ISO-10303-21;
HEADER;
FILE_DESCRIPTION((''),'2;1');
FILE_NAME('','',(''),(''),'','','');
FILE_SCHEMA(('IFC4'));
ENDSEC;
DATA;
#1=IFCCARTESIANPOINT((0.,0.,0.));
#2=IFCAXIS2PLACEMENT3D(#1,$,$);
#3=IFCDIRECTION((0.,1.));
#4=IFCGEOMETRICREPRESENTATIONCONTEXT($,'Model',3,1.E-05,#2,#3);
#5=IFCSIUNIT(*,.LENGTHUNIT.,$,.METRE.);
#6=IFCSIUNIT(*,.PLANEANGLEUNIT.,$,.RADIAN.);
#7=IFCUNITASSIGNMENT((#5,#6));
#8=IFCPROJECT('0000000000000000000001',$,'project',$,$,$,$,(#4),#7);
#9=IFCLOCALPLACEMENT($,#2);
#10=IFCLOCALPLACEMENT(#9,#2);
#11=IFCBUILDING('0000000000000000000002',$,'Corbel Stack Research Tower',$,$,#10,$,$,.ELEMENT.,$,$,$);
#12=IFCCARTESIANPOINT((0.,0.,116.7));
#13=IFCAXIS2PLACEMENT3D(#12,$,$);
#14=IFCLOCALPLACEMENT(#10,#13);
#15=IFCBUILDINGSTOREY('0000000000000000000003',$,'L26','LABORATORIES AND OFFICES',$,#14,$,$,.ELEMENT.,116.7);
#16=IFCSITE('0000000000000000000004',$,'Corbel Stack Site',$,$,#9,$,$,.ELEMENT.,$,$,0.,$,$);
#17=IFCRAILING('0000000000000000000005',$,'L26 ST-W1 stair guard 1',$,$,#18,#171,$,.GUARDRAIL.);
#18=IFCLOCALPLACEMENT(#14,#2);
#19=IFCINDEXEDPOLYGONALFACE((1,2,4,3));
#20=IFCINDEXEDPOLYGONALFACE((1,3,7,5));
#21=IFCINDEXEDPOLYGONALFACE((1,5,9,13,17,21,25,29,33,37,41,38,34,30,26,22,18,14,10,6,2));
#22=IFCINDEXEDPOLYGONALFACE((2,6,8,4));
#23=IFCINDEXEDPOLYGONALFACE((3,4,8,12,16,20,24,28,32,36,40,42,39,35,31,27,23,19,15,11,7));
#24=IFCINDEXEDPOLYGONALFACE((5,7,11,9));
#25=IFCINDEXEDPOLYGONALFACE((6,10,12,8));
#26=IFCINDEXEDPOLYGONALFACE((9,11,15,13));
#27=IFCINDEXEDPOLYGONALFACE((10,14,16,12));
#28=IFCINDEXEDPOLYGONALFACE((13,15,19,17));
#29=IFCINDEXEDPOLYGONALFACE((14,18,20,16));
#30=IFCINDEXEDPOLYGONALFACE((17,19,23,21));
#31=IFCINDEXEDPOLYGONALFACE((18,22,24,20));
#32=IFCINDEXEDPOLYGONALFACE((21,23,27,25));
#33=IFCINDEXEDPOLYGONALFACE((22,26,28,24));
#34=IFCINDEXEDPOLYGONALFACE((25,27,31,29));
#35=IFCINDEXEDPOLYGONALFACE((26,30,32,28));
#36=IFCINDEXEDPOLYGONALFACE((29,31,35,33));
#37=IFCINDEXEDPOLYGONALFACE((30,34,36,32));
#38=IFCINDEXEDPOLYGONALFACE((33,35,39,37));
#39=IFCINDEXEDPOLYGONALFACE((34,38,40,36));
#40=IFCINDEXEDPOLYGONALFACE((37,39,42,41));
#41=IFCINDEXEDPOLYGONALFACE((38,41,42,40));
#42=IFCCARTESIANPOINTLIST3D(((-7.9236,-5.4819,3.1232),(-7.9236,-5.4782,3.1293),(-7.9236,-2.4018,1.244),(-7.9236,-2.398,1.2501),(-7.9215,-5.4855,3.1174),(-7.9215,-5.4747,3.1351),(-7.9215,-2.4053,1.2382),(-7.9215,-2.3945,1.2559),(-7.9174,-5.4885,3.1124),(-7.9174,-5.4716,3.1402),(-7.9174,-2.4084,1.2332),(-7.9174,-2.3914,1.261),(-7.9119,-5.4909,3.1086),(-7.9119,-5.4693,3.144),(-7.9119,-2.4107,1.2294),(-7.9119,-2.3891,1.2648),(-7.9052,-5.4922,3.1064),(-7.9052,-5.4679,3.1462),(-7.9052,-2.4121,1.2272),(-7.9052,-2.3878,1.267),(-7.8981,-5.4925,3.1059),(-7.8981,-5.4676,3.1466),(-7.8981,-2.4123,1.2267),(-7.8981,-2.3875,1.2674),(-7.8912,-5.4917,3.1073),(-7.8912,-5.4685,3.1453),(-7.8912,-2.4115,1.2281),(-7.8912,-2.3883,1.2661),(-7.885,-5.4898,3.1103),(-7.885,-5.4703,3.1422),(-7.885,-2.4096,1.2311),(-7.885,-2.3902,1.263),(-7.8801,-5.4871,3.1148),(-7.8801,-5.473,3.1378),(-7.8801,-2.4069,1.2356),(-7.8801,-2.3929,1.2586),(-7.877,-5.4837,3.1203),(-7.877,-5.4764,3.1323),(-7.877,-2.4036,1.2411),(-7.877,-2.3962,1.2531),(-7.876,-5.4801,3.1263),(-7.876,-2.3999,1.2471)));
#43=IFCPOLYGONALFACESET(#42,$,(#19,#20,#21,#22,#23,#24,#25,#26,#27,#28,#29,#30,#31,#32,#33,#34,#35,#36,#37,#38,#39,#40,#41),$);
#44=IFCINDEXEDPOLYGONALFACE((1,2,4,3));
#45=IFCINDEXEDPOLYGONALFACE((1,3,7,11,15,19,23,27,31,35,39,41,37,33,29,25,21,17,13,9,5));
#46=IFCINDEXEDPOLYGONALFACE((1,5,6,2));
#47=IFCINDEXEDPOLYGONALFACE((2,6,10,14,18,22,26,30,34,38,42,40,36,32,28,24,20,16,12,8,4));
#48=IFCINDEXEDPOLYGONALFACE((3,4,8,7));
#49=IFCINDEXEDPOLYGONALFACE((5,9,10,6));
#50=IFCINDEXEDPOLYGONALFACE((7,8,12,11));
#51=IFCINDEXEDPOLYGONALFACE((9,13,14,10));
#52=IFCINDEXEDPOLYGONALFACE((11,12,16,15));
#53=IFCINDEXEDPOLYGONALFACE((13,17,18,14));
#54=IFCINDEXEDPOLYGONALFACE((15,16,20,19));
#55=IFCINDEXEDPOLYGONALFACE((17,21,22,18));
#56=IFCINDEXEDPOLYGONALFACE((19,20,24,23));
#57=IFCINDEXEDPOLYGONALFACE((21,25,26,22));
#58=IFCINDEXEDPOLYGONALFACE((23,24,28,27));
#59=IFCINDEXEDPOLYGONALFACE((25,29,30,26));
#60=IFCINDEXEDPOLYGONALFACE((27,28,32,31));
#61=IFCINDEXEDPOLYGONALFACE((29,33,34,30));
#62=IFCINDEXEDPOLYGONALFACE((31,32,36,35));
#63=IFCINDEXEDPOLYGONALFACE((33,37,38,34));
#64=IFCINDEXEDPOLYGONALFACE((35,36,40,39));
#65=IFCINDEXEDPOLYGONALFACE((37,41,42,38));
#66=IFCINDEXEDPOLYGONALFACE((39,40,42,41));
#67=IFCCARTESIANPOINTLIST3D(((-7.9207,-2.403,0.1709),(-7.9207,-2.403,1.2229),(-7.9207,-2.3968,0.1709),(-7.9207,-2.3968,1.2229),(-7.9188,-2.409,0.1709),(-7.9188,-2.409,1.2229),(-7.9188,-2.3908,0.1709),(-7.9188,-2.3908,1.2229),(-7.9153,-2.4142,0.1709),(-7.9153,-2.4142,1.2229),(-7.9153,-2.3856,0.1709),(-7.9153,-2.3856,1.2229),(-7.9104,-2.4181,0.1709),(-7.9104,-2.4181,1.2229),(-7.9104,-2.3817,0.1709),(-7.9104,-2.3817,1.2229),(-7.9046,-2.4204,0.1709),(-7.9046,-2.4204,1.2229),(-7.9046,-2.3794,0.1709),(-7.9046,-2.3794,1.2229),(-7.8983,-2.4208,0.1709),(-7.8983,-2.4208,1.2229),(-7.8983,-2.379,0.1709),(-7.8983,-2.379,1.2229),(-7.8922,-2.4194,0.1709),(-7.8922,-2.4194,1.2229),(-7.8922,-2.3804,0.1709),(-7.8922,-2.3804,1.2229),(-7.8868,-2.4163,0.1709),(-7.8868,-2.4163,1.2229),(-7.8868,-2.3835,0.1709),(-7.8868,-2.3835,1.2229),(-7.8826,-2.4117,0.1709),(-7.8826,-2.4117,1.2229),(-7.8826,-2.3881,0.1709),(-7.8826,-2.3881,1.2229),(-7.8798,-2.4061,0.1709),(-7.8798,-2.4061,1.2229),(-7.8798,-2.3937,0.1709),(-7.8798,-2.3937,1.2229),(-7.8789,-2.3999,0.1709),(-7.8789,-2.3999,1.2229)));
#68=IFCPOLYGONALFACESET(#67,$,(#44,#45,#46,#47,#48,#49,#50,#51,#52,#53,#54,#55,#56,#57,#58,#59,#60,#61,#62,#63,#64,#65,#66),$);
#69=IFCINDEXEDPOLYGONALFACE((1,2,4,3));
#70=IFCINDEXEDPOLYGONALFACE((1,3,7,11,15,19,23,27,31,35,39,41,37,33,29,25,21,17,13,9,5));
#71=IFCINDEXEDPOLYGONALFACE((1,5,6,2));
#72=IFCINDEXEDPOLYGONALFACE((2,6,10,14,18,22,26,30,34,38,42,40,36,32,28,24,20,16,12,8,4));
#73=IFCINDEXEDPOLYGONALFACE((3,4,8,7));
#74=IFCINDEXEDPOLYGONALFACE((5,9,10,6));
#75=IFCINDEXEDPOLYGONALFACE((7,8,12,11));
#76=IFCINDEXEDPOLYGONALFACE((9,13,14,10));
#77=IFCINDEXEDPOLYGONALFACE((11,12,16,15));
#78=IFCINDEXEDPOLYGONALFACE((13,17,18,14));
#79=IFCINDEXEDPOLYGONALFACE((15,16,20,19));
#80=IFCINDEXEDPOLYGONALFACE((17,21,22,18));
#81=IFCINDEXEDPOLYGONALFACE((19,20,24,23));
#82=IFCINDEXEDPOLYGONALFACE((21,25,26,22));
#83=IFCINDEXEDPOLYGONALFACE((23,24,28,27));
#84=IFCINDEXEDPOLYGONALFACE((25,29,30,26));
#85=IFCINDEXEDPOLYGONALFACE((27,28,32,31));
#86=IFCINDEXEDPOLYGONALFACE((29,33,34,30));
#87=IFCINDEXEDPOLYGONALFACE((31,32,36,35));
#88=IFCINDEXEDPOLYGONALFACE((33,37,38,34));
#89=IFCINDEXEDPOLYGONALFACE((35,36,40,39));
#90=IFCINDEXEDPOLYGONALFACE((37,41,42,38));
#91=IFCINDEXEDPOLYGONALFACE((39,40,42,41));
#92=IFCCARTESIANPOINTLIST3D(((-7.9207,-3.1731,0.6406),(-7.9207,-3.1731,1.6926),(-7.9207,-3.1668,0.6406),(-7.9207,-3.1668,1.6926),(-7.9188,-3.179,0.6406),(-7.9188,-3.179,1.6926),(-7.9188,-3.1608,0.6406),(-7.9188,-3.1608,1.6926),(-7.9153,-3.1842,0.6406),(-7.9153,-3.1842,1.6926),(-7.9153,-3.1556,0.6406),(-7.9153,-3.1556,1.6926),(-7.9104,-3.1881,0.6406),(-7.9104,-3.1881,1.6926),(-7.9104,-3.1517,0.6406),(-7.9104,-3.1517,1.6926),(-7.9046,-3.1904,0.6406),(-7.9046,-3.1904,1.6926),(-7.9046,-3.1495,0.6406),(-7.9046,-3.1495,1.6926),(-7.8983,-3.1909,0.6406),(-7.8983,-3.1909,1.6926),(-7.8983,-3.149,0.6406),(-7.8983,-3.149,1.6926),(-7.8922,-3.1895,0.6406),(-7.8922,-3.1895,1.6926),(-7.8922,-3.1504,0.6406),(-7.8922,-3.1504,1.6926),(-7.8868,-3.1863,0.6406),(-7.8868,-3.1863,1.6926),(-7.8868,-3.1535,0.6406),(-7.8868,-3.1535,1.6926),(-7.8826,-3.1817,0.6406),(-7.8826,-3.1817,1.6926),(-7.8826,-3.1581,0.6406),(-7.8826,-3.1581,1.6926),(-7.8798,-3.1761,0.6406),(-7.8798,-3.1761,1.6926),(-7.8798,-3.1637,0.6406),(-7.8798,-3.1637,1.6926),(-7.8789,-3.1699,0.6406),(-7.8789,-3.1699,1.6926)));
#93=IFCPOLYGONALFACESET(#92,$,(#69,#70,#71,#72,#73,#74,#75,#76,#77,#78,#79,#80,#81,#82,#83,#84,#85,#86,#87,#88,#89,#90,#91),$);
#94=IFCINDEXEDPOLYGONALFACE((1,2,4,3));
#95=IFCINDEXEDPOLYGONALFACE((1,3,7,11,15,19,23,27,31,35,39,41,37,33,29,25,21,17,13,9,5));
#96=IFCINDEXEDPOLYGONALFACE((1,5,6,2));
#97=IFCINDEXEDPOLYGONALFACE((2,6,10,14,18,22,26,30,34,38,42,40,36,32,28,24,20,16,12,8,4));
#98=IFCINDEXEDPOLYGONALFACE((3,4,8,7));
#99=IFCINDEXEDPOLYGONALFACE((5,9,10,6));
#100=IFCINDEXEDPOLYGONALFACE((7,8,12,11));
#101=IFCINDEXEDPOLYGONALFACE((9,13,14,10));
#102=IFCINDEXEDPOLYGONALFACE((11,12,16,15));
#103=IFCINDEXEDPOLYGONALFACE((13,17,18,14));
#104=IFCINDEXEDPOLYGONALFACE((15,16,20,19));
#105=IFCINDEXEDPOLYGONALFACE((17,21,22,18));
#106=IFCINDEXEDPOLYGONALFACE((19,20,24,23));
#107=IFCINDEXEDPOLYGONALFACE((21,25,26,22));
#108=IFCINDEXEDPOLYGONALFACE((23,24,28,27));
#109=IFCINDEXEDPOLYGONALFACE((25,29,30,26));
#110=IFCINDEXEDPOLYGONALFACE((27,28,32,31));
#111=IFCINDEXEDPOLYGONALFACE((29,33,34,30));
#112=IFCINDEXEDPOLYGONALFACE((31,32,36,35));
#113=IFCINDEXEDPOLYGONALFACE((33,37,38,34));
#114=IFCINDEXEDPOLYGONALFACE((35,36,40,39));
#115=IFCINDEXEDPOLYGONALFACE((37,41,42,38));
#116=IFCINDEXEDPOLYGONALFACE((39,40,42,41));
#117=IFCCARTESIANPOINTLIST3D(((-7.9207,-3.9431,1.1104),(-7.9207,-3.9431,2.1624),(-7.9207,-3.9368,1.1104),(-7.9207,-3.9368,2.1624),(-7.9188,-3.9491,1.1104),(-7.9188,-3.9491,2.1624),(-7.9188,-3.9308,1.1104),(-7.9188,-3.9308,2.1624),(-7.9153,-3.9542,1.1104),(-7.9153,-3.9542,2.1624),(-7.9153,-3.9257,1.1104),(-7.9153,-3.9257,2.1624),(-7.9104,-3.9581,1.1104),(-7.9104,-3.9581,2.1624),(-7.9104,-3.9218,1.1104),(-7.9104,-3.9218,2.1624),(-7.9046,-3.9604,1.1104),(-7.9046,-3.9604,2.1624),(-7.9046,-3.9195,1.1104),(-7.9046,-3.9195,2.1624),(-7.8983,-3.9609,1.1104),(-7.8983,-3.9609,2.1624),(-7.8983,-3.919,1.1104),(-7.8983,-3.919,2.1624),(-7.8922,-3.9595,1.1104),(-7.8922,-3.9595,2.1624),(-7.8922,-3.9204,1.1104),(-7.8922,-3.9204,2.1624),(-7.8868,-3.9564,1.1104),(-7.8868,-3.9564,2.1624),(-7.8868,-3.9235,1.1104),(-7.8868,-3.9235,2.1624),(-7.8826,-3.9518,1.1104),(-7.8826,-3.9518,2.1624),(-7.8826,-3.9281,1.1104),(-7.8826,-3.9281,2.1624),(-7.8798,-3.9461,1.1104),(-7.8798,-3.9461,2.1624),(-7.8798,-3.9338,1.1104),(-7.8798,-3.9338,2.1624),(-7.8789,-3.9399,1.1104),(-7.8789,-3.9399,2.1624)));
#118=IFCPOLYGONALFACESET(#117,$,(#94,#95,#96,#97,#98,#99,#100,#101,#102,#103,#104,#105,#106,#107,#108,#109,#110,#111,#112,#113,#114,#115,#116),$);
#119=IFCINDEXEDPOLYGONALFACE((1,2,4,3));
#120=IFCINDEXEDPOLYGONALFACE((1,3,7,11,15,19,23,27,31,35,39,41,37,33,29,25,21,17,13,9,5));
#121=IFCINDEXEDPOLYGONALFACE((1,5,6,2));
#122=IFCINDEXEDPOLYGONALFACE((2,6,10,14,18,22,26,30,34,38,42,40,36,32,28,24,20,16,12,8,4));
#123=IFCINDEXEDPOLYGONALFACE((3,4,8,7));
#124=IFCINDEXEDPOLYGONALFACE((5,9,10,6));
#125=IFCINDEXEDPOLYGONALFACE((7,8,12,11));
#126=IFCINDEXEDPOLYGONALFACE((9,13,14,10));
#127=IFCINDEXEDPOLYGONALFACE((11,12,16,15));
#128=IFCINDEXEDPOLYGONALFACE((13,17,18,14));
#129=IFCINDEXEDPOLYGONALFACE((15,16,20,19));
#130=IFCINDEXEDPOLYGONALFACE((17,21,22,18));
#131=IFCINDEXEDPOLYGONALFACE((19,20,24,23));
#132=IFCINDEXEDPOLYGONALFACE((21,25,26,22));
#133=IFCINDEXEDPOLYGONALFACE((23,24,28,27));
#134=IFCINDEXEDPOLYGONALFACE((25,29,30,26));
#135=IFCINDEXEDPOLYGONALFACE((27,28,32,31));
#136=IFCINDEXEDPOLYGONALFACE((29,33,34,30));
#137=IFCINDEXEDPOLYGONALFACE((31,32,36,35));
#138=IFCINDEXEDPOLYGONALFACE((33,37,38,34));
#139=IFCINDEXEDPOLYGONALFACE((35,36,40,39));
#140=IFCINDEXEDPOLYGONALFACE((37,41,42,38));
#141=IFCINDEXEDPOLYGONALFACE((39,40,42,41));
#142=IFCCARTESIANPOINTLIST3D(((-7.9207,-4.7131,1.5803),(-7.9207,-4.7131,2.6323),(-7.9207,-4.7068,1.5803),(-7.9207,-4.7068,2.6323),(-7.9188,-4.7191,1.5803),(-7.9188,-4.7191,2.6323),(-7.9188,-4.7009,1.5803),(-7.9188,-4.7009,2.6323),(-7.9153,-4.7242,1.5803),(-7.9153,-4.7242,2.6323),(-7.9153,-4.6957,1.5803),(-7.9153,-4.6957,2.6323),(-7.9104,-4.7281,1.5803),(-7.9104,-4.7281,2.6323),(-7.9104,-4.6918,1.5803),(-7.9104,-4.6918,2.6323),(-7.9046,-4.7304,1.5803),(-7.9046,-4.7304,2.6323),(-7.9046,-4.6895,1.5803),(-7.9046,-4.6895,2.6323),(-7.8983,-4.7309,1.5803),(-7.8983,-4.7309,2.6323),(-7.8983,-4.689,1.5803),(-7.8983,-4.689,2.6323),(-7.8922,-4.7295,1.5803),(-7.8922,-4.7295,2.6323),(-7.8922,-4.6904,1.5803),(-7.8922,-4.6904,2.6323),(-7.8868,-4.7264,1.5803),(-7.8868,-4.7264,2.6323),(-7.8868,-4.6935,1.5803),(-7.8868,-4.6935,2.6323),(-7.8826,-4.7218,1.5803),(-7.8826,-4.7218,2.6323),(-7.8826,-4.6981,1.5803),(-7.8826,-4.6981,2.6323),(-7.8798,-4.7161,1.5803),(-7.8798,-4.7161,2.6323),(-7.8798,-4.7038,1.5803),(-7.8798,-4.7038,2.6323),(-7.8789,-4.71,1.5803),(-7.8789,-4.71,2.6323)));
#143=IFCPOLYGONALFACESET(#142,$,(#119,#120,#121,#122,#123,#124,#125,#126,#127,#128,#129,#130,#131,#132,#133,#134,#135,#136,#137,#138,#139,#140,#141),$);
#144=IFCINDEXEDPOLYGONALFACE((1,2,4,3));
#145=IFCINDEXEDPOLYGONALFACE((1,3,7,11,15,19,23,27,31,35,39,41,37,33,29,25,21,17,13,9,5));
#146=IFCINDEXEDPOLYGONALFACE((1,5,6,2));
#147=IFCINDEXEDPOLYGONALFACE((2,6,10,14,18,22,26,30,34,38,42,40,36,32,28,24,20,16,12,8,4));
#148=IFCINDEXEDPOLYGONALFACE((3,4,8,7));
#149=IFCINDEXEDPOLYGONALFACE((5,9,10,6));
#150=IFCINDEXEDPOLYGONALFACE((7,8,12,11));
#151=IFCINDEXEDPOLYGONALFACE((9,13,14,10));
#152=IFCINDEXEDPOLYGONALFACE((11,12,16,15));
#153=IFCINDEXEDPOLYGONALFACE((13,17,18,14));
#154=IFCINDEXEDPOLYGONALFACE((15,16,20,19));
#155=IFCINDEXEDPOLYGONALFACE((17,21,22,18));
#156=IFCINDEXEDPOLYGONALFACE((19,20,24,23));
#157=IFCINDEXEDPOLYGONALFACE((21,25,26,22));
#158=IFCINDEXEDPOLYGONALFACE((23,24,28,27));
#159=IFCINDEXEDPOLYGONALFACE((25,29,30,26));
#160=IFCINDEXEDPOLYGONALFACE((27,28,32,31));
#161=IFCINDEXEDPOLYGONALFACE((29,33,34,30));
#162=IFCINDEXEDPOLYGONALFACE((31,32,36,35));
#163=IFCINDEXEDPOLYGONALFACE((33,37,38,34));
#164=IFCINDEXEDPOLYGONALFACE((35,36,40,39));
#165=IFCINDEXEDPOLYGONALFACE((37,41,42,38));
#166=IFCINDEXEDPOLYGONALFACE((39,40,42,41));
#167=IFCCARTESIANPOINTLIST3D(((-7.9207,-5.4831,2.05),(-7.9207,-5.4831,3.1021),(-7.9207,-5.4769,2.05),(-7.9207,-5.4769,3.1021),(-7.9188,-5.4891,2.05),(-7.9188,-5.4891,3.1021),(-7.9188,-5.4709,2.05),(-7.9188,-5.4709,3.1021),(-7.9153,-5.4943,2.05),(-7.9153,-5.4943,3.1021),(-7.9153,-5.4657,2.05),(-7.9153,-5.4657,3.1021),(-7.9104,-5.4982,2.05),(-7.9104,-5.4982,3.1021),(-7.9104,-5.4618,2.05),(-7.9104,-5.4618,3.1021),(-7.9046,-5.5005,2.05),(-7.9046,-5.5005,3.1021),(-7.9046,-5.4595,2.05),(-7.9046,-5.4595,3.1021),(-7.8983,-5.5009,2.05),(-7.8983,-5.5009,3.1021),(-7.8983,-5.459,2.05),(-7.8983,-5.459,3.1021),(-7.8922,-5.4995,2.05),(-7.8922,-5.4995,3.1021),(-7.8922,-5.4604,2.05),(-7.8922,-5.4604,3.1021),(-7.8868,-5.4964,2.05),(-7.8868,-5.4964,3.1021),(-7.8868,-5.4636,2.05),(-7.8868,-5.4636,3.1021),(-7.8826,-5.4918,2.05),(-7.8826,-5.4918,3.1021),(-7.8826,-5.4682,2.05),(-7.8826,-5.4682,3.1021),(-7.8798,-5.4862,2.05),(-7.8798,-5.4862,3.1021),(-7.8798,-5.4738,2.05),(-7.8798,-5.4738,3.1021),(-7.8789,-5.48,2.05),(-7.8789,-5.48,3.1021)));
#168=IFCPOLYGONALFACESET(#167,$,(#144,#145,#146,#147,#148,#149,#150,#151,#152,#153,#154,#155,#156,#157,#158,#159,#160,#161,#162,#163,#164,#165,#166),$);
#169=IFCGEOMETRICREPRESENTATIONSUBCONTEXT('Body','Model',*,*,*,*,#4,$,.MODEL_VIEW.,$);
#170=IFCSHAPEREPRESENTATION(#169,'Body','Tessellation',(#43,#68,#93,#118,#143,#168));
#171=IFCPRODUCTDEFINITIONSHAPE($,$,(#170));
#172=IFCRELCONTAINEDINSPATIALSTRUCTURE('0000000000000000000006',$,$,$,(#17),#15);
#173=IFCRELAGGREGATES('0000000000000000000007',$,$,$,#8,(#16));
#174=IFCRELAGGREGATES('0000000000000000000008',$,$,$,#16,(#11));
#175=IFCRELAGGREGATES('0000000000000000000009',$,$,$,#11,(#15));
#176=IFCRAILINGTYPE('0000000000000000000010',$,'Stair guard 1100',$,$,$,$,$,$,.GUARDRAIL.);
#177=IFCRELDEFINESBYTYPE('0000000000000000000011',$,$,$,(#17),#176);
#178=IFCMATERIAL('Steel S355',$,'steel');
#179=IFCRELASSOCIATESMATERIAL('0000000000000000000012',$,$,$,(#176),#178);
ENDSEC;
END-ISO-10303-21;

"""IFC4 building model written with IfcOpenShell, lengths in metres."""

from ifc_helpers import new_model, si_unit, direction, frame, origin, origin_2d, place, context, subcontext, project, spatial, circle, extrude, material, type_object, element, save


model = new_model("IFC4")

# Units and contexts
model_context = context("Model", 3, precision=1e-05, world=origin(), true_north=direction((0.0, 1.0)))
body_context = subcontext(model_context, "Body", "Model", "MODEL_VIEW")
ifc_project = project(units=[si_unit("LENGTHUNIT", "METRE"), si_unit("PLANEANGLEUNIT", "RADIAN")], contexts=[model_context])

# Site, building, storey
site_placement = place(None, origin())
site = spatial("IfcSite", under=ifc_project, at=site_placement, Name="Corbel Stack Site", CompositionType="ELEMENT", RefElevation=0.0)
building_placement = place(site_placement, origin())
building = spatial("IfcBuilding", under=site, at=building_placement, Name="Corbel Stack Research Tower", CompositionType="ELEMENT")
storey_placement = place(building_placement, frame((0.0, 0.0, 116.7)))
storey = spatial("IfcBuildingStorey", under=building, at=storey_placement, Name="L26", Description="LABORATORIES AND OFFICES", CompositionType="ELEMENT", Elevation=116.7)

# Railing
ifc_material_1 = material(Name="Steel S355", Category="steel")
railing_type_1 = type_object("IfcRailingType", Name="Stair guard 1100", PredefinedType="GUARDRAIL", material=ifc_material_1)
railing_1_placement = place(storey_placement, frame((-7.8999, -2.3999, 0.1709)))
element("IfcRailing", 1, at=railing_1_placement, inside=storey, type_object=railing_type_1, Name="L26 ST-W1 stair guard 1", PredefinedType="GUARDRAIL", context=body_context, shape_type="SweptSolid", body=[
    extrude(circle(Radius=0.0239, at=origin_2d()), frame((0.0, 0.0, 1.0762), z_axis=(0.0, -0.853666, 0.52082), x_axis=(1.0, 0.0, 0.0)), (0.0, 0.0, 1.0), 3.6082),
    extrude(circle(Radius=0.021, at=origin_2d()), origin(), (0.0, 0.0, 1.0), 1.052),
    extrude(circle(Radius=0.021, at=origin_2d()), frame((0.0, -0.77, 0.4697)), (0.0, 0.0, 1.0), 1.052),
    extrude(circle(Radius=0.021, at=origin_2d()), frame((0.0, -1.54, 0.9395)), (0.0, 0.0, 1.0), 1.052),
    extrude(circle(Radius=0.021, at=origin_2d()), frame((0.0, -2.3101, 1.4094)), (0.0, 0.0, 1.0), 1.052),
    extrude(circle(Radius=0.021, at=origin_2d()), frame((0.0, -3.0801, 1.8792)), (0.0, 0.0, 1.0), 1.052),
])

save(model, "model.ifc")
